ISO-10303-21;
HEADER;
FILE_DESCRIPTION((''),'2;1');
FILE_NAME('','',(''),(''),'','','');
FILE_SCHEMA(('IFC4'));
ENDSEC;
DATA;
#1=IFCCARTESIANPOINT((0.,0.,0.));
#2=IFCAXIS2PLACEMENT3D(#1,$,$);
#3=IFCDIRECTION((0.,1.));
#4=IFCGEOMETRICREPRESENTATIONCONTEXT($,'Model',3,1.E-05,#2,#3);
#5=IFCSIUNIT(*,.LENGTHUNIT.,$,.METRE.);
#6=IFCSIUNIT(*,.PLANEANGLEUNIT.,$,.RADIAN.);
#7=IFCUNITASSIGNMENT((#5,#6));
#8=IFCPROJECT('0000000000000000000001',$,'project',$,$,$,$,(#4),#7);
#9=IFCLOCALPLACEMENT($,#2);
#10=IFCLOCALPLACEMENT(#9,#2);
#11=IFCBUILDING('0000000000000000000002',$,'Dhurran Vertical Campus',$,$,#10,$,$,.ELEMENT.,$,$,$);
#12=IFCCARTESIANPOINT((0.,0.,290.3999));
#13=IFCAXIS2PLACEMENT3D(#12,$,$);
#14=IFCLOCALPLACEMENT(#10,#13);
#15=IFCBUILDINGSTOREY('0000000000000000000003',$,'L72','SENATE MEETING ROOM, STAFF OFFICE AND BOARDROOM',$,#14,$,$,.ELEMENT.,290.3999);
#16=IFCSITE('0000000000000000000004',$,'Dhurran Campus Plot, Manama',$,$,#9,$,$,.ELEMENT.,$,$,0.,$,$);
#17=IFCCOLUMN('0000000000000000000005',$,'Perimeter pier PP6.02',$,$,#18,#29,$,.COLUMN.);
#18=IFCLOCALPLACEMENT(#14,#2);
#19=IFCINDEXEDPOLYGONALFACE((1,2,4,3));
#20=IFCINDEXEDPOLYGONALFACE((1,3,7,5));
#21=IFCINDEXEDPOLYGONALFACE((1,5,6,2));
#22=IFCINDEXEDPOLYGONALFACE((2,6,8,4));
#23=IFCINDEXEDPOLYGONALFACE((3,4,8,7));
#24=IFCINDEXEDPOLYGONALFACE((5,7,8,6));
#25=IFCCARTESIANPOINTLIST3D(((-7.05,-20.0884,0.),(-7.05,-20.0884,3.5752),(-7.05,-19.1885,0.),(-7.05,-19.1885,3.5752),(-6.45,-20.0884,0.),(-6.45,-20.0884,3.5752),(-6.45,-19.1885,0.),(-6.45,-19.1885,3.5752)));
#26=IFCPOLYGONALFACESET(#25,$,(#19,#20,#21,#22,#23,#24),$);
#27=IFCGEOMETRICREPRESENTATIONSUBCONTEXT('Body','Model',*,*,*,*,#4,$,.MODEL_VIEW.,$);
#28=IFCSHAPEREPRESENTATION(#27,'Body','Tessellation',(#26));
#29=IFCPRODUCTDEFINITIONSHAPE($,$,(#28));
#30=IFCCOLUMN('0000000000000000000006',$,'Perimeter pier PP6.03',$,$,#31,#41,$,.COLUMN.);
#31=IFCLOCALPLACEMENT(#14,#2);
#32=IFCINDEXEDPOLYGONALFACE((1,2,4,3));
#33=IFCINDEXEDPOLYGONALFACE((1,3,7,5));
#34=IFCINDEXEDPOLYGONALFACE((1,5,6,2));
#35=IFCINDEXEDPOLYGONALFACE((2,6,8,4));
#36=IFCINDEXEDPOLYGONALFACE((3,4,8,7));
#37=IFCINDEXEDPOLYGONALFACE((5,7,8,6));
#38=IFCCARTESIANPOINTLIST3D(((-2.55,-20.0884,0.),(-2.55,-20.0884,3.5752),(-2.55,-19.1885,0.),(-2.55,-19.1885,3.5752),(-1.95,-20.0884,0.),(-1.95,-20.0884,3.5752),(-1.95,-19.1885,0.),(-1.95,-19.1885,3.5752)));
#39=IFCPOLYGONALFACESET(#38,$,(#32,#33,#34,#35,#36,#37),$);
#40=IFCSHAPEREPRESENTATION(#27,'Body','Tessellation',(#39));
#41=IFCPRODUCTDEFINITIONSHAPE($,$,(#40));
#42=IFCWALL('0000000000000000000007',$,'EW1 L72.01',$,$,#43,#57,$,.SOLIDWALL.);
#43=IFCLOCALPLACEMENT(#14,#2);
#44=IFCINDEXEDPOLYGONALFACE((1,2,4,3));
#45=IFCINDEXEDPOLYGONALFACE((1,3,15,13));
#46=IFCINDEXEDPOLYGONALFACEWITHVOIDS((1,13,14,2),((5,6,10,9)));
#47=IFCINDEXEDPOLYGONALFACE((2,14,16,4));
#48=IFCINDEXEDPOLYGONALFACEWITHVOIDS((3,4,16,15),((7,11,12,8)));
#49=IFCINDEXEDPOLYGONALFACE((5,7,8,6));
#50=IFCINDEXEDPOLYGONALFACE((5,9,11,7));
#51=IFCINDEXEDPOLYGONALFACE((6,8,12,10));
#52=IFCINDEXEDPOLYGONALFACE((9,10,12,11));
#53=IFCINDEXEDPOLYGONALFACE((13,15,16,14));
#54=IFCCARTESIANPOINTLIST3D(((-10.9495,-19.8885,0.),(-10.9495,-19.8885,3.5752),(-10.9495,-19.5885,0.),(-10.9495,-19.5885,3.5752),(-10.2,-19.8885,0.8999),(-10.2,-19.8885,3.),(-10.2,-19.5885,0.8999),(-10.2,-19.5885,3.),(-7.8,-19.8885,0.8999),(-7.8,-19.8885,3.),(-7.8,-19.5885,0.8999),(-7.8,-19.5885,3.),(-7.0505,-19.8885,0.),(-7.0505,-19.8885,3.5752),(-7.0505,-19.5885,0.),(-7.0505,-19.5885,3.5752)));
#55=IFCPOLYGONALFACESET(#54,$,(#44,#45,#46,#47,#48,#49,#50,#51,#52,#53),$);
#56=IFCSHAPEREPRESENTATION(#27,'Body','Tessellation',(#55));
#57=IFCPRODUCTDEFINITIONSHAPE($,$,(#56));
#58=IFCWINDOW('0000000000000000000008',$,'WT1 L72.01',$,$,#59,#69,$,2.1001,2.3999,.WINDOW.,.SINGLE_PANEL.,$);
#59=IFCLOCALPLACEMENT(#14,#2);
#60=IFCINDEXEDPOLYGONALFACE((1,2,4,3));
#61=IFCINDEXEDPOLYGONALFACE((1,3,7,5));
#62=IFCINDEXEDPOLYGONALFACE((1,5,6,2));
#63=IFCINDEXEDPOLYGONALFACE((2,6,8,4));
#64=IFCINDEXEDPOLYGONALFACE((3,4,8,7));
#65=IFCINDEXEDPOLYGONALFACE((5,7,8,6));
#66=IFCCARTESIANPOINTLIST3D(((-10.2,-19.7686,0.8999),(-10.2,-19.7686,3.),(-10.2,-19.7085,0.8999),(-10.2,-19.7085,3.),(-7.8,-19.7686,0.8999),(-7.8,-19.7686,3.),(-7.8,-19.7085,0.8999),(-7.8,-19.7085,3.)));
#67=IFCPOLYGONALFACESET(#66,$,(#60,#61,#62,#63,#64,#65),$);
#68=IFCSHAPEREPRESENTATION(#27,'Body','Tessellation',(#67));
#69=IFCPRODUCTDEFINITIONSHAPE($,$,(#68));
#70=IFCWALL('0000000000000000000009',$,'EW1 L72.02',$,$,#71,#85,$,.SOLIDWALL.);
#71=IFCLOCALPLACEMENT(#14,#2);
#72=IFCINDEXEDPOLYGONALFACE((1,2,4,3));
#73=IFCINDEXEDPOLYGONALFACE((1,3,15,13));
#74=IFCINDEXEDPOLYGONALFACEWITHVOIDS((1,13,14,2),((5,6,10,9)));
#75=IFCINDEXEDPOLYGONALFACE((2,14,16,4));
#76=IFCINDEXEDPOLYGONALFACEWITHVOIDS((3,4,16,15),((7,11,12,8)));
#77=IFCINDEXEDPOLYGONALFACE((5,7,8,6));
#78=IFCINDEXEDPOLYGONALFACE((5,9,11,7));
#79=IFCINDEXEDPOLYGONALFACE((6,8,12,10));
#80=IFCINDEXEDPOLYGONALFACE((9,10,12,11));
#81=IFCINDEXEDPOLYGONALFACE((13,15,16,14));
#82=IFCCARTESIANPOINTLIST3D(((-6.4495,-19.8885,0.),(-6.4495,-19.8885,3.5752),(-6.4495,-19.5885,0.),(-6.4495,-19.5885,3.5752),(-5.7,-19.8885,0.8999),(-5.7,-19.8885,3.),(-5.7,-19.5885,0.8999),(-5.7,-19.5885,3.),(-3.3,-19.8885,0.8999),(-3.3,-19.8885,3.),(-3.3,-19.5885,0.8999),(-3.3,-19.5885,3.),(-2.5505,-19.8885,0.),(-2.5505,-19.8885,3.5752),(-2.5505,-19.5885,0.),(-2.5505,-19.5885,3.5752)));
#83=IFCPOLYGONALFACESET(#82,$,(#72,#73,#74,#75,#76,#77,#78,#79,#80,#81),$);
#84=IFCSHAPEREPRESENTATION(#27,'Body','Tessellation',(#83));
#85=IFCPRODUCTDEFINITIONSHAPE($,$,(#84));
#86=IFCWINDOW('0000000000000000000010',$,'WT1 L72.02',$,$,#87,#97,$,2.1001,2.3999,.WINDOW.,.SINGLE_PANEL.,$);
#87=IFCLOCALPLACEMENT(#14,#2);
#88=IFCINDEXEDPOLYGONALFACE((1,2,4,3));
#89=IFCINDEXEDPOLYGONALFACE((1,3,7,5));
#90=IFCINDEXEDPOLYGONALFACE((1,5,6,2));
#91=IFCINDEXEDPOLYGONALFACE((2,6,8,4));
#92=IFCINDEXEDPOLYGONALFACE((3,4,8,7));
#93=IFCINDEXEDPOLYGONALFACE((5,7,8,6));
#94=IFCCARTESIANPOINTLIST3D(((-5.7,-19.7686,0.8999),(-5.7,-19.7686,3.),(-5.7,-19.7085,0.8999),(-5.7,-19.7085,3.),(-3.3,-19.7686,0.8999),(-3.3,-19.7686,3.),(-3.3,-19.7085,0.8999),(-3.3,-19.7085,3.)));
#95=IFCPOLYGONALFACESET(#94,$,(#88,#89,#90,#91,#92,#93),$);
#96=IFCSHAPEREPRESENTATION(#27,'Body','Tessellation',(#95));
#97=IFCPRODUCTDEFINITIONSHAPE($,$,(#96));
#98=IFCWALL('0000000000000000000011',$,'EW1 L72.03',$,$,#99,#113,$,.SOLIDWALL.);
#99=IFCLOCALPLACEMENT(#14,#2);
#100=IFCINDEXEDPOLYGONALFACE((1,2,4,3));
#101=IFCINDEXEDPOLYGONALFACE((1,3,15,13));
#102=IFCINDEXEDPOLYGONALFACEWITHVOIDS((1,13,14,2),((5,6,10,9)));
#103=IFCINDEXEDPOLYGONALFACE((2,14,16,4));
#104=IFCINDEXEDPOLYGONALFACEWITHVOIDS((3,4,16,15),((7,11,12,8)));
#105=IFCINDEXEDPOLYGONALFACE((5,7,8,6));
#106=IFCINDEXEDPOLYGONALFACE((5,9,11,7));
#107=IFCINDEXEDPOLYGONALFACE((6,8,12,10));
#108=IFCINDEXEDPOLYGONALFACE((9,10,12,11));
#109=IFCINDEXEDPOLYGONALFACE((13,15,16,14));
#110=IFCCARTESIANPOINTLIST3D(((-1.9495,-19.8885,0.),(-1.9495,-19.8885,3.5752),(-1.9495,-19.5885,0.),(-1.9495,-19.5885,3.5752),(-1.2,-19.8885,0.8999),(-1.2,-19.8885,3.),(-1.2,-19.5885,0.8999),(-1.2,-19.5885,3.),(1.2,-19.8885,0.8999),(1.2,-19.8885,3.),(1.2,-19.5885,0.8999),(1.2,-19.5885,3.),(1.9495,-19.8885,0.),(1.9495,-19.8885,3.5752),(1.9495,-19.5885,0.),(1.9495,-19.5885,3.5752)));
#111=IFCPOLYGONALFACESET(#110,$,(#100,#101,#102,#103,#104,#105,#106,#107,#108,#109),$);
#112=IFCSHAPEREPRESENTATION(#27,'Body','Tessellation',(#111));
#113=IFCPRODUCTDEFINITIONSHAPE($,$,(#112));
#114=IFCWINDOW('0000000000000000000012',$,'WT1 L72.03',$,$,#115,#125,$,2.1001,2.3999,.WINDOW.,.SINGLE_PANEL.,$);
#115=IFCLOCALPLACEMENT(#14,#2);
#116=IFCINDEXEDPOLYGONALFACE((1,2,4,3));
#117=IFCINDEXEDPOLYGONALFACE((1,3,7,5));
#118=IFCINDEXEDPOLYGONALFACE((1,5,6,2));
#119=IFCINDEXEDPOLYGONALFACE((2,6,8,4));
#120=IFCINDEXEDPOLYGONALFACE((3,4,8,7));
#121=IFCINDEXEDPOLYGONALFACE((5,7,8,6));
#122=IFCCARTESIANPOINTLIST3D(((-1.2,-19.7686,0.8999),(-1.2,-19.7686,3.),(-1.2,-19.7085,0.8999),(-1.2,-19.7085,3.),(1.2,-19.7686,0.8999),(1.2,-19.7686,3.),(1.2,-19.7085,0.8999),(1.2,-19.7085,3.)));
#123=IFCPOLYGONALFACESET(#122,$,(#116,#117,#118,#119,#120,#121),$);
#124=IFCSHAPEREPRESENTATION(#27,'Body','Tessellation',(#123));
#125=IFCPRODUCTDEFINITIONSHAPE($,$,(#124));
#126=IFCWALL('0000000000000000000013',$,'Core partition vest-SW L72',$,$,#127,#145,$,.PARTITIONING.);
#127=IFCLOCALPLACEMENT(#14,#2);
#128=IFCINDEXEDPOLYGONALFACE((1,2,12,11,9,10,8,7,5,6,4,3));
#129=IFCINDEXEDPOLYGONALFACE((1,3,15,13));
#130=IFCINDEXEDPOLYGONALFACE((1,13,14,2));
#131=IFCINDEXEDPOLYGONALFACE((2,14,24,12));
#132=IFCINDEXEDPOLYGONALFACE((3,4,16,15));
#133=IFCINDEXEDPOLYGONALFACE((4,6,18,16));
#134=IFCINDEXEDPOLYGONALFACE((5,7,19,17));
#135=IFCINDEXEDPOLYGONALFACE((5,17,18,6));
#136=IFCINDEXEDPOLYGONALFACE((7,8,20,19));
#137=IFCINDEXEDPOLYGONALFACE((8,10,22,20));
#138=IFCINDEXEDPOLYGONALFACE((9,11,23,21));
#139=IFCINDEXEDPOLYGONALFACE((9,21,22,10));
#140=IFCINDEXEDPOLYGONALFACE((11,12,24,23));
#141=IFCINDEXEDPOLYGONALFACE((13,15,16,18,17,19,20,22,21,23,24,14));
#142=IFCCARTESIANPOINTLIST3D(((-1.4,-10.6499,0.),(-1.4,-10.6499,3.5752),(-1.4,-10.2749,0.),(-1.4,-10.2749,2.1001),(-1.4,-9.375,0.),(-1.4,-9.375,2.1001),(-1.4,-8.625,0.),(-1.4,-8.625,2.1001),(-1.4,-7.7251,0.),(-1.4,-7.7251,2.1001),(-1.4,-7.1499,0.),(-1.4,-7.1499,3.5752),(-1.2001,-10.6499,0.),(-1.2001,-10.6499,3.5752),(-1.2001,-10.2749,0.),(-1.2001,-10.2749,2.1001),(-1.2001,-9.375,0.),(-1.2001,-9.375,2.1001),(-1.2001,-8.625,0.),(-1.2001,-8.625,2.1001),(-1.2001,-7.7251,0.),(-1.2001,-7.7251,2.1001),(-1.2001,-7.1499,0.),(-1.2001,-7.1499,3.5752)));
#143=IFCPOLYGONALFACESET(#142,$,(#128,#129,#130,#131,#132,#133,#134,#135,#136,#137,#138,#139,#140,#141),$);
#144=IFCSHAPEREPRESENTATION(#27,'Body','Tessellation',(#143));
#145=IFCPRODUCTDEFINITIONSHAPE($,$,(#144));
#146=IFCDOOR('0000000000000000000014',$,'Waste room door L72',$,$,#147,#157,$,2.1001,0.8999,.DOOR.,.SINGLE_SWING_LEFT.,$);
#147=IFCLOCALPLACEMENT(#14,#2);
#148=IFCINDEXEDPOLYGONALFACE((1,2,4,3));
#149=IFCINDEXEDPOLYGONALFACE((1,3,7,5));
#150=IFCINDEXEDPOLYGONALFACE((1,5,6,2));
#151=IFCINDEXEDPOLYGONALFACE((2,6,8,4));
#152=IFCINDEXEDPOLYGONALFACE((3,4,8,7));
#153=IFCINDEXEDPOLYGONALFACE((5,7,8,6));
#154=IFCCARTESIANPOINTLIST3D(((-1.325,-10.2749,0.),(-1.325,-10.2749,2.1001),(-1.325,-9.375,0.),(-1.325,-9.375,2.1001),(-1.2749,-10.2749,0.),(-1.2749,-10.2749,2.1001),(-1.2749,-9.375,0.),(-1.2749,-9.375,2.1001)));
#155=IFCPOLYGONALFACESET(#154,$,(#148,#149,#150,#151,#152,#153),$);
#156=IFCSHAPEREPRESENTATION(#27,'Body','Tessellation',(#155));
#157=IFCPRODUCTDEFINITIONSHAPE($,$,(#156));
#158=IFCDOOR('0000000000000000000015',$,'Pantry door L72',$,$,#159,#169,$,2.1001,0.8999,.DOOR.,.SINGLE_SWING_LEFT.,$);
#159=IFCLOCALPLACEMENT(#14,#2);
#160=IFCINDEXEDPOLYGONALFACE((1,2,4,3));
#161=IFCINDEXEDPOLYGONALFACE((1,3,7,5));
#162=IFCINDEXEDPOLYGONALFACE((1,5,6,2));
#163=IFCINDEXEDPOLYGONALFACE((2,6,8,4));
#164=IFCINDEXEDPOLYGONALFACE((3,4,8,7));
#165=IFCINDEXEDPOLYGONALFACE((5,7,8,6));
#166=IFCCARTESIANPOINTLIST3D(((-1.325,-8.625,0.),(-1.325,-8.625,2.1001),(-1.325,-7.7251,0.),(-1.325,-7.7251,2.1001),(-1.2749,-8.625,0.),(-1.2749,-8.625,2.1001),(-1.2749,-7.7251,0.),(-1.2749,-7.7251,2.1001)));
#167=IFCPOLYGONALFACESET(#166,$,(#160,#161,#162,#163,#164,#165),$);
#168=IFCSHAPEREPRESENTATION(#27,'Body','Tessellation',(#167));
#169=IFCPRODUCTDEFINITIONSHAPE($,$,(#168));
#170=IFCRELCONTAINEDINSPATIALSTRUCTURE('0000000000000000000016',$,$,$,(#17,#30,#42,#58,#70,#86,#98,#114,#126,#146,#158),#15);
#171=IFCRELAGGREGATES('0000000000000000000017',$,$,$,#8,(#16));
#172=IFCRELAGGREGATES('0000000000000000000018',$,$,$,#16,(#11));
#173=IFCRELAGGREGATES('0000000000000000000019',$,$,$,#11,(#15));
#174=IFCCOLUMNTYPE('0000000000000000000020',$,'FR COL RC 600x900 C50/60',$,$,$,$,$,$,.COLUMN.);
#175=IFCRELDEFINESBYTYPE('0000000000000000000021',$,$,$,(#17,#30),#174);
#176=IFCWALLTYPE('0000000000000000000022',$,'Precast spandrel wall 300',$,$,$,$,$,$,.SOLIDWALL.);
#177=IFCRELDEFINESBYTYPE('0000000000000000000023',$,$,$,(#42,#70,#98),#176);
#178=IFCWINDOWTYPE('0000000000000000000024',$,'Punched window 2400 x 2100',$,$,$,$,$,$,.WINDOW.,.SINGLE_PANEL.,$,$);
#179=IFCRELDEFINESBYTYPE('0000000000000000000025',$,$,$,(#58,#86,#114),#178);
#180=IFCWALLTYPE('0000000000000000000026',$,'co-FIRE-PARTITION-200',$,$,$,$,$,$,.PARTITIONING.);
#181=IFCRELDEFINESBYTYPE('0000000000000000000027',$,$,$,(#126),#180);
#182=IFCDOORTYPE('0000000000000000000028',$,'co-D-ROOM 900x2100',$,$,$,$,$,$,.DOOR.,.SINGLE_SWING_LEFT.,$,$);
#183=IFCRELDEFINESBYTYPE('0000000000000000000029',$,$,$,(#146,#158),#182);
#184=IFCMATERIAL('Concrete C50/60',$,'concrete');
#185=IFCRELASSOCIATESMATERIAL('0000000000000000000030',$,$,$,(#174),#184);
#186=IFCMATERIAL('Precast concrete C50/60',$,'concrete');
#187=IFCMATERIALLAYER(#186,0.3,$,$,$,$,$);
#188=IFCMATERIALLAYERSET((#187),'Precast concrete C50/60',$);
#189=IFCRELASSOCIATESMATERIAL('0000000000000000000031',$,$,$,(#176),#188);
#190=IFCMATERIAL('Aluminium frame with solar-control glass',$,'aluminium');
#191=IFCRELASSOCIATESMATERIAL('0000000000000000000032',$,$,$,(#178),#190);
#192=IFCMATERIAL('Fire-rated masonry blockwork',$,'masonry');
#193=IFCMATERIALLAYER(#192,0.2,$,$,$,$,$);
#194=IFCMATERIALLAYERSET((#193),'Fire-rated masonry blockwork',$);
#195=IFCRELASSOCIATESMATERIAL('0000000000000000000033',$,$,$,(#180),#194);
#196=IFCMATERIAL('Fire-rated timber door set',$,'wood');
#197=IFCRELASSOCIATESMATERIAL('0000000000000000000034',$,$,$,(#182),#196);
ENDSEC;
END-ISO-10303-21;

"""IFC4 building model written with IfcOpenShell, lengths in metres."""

from ifc_helpers import new_model, si_unit, direction, frame, frame_2d, origin, origin_2d, place, context, subcontext, project, spatial, rectangle, extrude, material, layer, layer_set, material_profile, profile_set, type_object, element, fill, save


model = new_model("IFC4")

# Units and contexts
model_context = context("Model", 3, precision=1e-05, world=origin(), true_north=direction((0.0, 1.0)))
body_context = subcontext(model_context, "Body", "Model", "MODEL_VIEW")
ifc_project = project(units=[si_unit("LENGTHUNIT", "METRE"), si_unit("PLANEANGLEUNIT", "RADIAN")], contexts=[model_context])

# Site, building, storey
site_placement = place(None, origin())
site = spatial("IfcSite", under=ifc_project, at=site_placement, Name="Dhurran Campus Plot, Manama", CompositionType="ELEMENT", RefElevation=0.0)
building_placement = place(site_placement, origin())
building = spatial("IfcBuilding", under=site, at=building_placement, Name="Dhurran Vertical Campus", CompositionType="ELEMENT")
storey_placement = place(building_placement, frame((0.0, 0.0, 290.3999)))
storey = spatial("IfcBuildingStorey", under=building, at=storey_placement, Name="L72", Description="SENATE MEETING ROOM, STAFF OFFICE AND BOARDROOM", CompositionType="ELEMENT", Elevation=290.3999)

# Columns
ifc_material_1 = material(Name="Concrete C50/60", Category="concrete")
ifc_material_profile = material_profile(ifc_material_1, rectangle(XDim=0.6001, YDim=0.8999, at=origin_2d()), Name="RC 600x900")
ifc_profile_set = profile_set([ifc_material_profile], Name="Concrete C50/60")
column_type = type_object("IfcColumnType", Name="FR COL RC 600x900 C50/60", PredefinedType="COLUMN", material=ifc_profile_set)
for number, where, z_axis, x_axis, name in (
    (1, (-6.75, -19.6384, 0.0), (0.0, 0.0, 1.0), (1.0, 0.0, 0.0), "Perimeter pier PP6.02"),
    (2, (-2.25, -19.6384, 0.0), (0.0, 0.0, 1.0), (1.0, 0.0, 0.0), "Perimeter pier PP6.03"),
):
    element("IfcColumn", number, at=place(storey_placement, frame(where, z_axis=z_axis, x_axis=x_axis)), inside=storey, type_object=column_type, Name=name, PredefinedType="COLUMN", context=body_context, shape_type="SweptSolid", body=[
        extrude(rectangle(XDim=0.6001, YDim=0.8999, at=origin_2d()), origin(), (0.0, 0.0, 1.0), 3.5752),
    ])

# Walls, openings, windows
ifc_material_2 = material(Name="Precast concrete C50/60", Category="concrete")
ifc_layer_1 = layer(ifc_material_2, 0.3)
ifc_layer_set_1 = layer_set([ifc_layer_1], Name="Precast concrete C50/60")
wall_type_1 = type_object("IfcWallType", Name="Precast spandrel wall 300", PredefinedType="SOLIDWALL", material=ifc_layer_set_1)
wall_1_placement = place(storey_placement, frame((-10.9495, -19.7385, 0.0), z_axis=(0.0, 0.0, 1.0), x_axis=(1.0, 0.0, 0.0)))
wall_1 = element("IfcWall", 3, at=wall_1_placement, inside=storey, type_object=wall_type_1, Name="EW1 L72.01", PredefinedType="SOLIDWALL", context=body_context, shape_type="SweptSolid", body=[
    extrude(rectangle(XDim=3.8989, YDim=0.3, at=frame_2d((1.9495, 0.0))), origin(), (0.0, 0.0, 1.0), 3.5752),
])
opening_1_placement = place(wall_1_placement, frame((0.7495, 0.0, 0.8999)))
opening_1 = element("IfcOpeningElement", 4, at=opening_1_placement, cuts=wall_1, PredefinedType="OPENING", context=body_context, shape_type="SweptSolid", body=[
    extrude(rectangle(XDim=2.3999, YDim=2.1001, at=frame_2d((1.2, 1.05))), frame((0.0, 0.1599, 0.0), z_axis=(0.0, -1.0, 0.0), x_axis=(1.0, 0.0, 0.0)), (0.0, 0.0, 1.0), 0.3201),
])
ifc_material_3 = material(Name="Aluminium frame with solar-control glass", Category="aluminium")
window_type = type_object("IfcWindowType", Name="Punched window 2400 x 2100", PartitioningType="SINGLE_PANEL", PredefinedType="WINDOW", material=ifc_material_3)
window_1_placement = place(opening_1_placement, origin())
window_1 = element("IfcWindow", 5, at=window_1_placement, inside=storey, type_object=window_type, Name="WT1 L72.01", OverallHeight=2.1001, OverallWidth=2.3999, PartitioningType="SINGLE_PANEL", PredefinedType="WINDOW", context=body_context, shape_type="SweptSolid", body=[
    extrude(rectangle(XDim=2.3999, YDim=2.1001, at=frame_2d((1.2, 1.05))), frame((0.0, 0.03, 0.0), z_axis=(0.0, -1.0, 0.0), x_axis=(1.0, 0.0, 0.0)), (0.0, 0.0, 1.0), 0.0601),
])
fill(opening_1, window_1)
wall_2_placement = place(storey_placement, frame((-6.4495, -19.7385, 0.0), z_axis=(0.0, 0.0, 1.0), x_axis=(1.0, 0.0, 0.0)))
wall_2 = element("IfcWall", 6, at=wall_2_placement, inside=storey, type_object=wall_type_1, Name="EW1 L72.02", PredefinedType="SOLIDWALL", context=body_context, shape_type="SweptSolid", body=[
    extrude(rectangle(XDim=3.8989, YDim=0.3, at=frame_2d((1.9495, 0.0))), origin(), (0.0, 0.0, 1.0), 3.5752),
])
opening_2_placement = place(wall_2_placement, frame((0.7495, 0.0, 0.8999)))
opening_2 = element("IfcOpeningElement", 7, at=opening_2_placement, cuts=wall_2, PredefinedType="OPENING", context=body_context, shape_type="SweptSolid", body=[
    extrude(rectangle(XDim=2.3999, YDim=2.1001, at=frame_2d((1.2, 1.05))), frame((0.0, 0.1599, 0.0), z_axis=(0.0, -1.0, 0.0), x_axis=(1.0, 0.0, 0.0)), (0.0, 0.0, 1.0), 0.3201),
])
window_2_placement = place(opening_2_placement, origin())
window_2 = element("IfcWindow", 8, at=window_2_placement, inside=storey, type_object=window_type, Name="WT1 L72.02", OverallHeight=2.1001, OverallWidth=2.3999, PartitioningType="SINGLE_PANEL", PredefinedType="WINDOW", context=body_context, shape_type="SweptSolid", body=[
    extrude(rectangle(XDim=2.3999, YDim=2.1001, at=frame_2d((1.2, 1.05))), frame((0.0, 0.03, 0.0), z_axis=(0.0, -1.0, 0.0), x_axis=(1.0, 0.0, 0.0)), (0.0, 0.0, 1.0), 0.0601),
])
fill(opening_2, window_2)
wall_3_placement = place(storey_placement, frame((-1.9495, -19.7385, 0.0), z_axis=(0.0, 0.0, 1.0), x_axis=(1.0, 0.0, 0.0)))
wall_3 = element("IfcWall", 9, at=wall_3_placement, inside=storey, type_object=wall_type_1, Name="EW1 L72.03", PredefinedType="SOLIDWALL", context=body_context, shape_type="SweptSolid", body=[
    extrude(rectangle(XDim=3.8989, YDim=0.3, at=frame_2d((1.9495, 0.0))), origin(), (0.0, 0.0, 1.0), 3.5752),
])
opening_3_placement = place(wall_3_placement, frame((0.7495, 0.0, 0.8999)))
opening_3 = element("IfcOpeningElement", 10, at=opening_3_placement, cuts=wall_3, PredefinedType="OPENING", context=body_context, shape_type="SweptSolid", body=[
    extrude(rectangle(XDim=2.3999, YDim=2.1001, at=frame_2d((1.2, 1.05))), frame((0.0, 0.1599, 0.0), z_axis=(0.0, -1.0, 0.0), x_axis=(1.0, 0.0, 0.0)), (0.0, 0.0, 1.0), 0.3201),
])
window_3_placement = place(opening_3_placement, origin())
window_3 = element("IfcWindow", 11, at=window_3_placement, inside=storey, type_object=window_type, Name="WT1 L72.03", OverallHeight=2.1001, OverallWidth=2.3999, PartitioningType="SINGLE_PANEL", PredefinedType="WINDOW", context=body_context, shape_type="SweptSolid", body=[
    extrude(rectangle(XDim=2.3999, YDim=2.1001, at=frame_2d((1.2, 1.05))), frame((0.0, 0.03, 0.0), z_axis=(0.0, -1.0, 0.0), x_axis=(1.0, 0.0, 0.0)), (0.0, 0.0, 1.0), 0.0601),
])
fill(opening_3, window_3)

# Wall, openings, doors
ifc_material_4 = material(Name="Fire-rated masonry blockwork", Category="masonry")
ifc_layer_2 = layer(ifc_material_4, 0.2)
ifc_layer_set_2 = layer_set([ifc_layer_2], Name="Fire-rated masonry blockwork")
wall_type_2 = type_object("IfcWallType", Name="co-FIRE-PARTITION-200", PredefinedType="PARTITIONING", material=ifc_layer_set_2)
wall_4_placement = place(storey_placement, frame((-1.3, -10.6499, 0.0), z_axis=(0.0, 0.0, 1.0), x_axis=(0.0, 1.0, 0.0)))
wall_4 = element("IfcWall", 12, at=wall_4_placement, inside=storey, type_object=wall_type_2, Name="Core partition vest-SW L72", PredefinedType="PARTITIONING", context=body_context, shape_type="SweptSolid", body=[
    extrude(rectangle(XDim=3.5, YDim=0.2, at=frame_2d((1.75, 0.0))), origin(), (0.0, 0.0, 1.0), 3.5752),
])
opening_4_placement = place(wall_4_placement, frame((0.375, 0.0, 0.0)))
opening_4 = element("IfcOpeningElement", 13, at=opening_4_placement, cuts=wall_4, PredefinedType="OPENING", context=body_context, shape_type="SweptSolid", body=[
    extrude(rectangle(XDim=0.8999, YDim=2.1001, at=frame_2d((0.45, 1.05))), frame((0.0, 0.1099, 0.0), z_axis=(0.0, -1.0, 0.0), x_axis=(1.0, 0.0, 0.0)), (0.0, 0.0, 1.0), 0.22),
])
opening_5_placement = place(wall_4_placement, frame((2.0249, 0.0, 0.0)))
opening_5 = element("IfcOpeningElement", 14, at=opening_5_placement, cuts=wall_4, PredefinedType="OPENING", context=body_context, shape_type="SweptSolid", body=[
    extrude(rectangle(XDim=0.8999, YDim=2.1001, at=frame_2d((0.45, 1.05))), frame((0.0, 0.1099, 0.0), z_axis=(0.0, -1.0, 0.0), x_axis=(1.0, 0.0, 0.0)), (0.0, 0.0, 1.0), 0.22),
])
ifc_material_5 = material(Name="Fire-rated timber door set", Category="wood")
door_type_1 = type_object("IfcDoorType", Name="co-D-ROOM 900x2100", OperationType="SINGLE_SWING_LEFT", PredefinedType="DOOR", material=ifc_material_5)
door_1_placement = place(opening_4_placement, origin())
door_1 = element("IfcDoor", 15, at=door_1_placement, inside=storey, type_object=door_type_1, Name="Waste room door L72", OperationType="SINGLE_SWING_LEFT", OverallHeight=2.1001, OverallWidth=0.8999, PredefinedType="DOOR", context=body_context, shape_type="SweptSolid", body=[
    extrude(rectangle(XDim=0.8999, YDim=2.1001, at=frame_2d((0.45, 1.05))), frame((0.0, 0.0249, 0.0), z_axis=(0.0, -1.0, 0.0), x_axis=(1.0, 0.0, 0.0)), (0.0, 0.0, 1.0), 0.05),
])
fill(opening_4, door_1)
door_2_placement = place(opening_5_placement, origin())
door_2 = element("IfcDoor", 16, at=door_2_placement, inside=storey, type_object=door_type_1, Name="Pantry door L72", OperationType="SINGLE_SWING_LEFT", OverallHeight=2.1001, OverallWidth=0.8999, PredefinedType="DOOR", context=body_context, shape_type="SweptSolid", body=[
    extrude(rectangle(XDim=0.8999, YDim=2.1001, at=frame_2d((0.45, 1.05))), frame((0.0, 0.0249, 0.0), z_axis=(0.0, -1.0, 0.0), x_axis=(1.0, 0.0, 0.0)), (0.0, 0.0, 1.0), 0.05),
])
fill(opening_5, door_2)

save(model, "model.ifc")
